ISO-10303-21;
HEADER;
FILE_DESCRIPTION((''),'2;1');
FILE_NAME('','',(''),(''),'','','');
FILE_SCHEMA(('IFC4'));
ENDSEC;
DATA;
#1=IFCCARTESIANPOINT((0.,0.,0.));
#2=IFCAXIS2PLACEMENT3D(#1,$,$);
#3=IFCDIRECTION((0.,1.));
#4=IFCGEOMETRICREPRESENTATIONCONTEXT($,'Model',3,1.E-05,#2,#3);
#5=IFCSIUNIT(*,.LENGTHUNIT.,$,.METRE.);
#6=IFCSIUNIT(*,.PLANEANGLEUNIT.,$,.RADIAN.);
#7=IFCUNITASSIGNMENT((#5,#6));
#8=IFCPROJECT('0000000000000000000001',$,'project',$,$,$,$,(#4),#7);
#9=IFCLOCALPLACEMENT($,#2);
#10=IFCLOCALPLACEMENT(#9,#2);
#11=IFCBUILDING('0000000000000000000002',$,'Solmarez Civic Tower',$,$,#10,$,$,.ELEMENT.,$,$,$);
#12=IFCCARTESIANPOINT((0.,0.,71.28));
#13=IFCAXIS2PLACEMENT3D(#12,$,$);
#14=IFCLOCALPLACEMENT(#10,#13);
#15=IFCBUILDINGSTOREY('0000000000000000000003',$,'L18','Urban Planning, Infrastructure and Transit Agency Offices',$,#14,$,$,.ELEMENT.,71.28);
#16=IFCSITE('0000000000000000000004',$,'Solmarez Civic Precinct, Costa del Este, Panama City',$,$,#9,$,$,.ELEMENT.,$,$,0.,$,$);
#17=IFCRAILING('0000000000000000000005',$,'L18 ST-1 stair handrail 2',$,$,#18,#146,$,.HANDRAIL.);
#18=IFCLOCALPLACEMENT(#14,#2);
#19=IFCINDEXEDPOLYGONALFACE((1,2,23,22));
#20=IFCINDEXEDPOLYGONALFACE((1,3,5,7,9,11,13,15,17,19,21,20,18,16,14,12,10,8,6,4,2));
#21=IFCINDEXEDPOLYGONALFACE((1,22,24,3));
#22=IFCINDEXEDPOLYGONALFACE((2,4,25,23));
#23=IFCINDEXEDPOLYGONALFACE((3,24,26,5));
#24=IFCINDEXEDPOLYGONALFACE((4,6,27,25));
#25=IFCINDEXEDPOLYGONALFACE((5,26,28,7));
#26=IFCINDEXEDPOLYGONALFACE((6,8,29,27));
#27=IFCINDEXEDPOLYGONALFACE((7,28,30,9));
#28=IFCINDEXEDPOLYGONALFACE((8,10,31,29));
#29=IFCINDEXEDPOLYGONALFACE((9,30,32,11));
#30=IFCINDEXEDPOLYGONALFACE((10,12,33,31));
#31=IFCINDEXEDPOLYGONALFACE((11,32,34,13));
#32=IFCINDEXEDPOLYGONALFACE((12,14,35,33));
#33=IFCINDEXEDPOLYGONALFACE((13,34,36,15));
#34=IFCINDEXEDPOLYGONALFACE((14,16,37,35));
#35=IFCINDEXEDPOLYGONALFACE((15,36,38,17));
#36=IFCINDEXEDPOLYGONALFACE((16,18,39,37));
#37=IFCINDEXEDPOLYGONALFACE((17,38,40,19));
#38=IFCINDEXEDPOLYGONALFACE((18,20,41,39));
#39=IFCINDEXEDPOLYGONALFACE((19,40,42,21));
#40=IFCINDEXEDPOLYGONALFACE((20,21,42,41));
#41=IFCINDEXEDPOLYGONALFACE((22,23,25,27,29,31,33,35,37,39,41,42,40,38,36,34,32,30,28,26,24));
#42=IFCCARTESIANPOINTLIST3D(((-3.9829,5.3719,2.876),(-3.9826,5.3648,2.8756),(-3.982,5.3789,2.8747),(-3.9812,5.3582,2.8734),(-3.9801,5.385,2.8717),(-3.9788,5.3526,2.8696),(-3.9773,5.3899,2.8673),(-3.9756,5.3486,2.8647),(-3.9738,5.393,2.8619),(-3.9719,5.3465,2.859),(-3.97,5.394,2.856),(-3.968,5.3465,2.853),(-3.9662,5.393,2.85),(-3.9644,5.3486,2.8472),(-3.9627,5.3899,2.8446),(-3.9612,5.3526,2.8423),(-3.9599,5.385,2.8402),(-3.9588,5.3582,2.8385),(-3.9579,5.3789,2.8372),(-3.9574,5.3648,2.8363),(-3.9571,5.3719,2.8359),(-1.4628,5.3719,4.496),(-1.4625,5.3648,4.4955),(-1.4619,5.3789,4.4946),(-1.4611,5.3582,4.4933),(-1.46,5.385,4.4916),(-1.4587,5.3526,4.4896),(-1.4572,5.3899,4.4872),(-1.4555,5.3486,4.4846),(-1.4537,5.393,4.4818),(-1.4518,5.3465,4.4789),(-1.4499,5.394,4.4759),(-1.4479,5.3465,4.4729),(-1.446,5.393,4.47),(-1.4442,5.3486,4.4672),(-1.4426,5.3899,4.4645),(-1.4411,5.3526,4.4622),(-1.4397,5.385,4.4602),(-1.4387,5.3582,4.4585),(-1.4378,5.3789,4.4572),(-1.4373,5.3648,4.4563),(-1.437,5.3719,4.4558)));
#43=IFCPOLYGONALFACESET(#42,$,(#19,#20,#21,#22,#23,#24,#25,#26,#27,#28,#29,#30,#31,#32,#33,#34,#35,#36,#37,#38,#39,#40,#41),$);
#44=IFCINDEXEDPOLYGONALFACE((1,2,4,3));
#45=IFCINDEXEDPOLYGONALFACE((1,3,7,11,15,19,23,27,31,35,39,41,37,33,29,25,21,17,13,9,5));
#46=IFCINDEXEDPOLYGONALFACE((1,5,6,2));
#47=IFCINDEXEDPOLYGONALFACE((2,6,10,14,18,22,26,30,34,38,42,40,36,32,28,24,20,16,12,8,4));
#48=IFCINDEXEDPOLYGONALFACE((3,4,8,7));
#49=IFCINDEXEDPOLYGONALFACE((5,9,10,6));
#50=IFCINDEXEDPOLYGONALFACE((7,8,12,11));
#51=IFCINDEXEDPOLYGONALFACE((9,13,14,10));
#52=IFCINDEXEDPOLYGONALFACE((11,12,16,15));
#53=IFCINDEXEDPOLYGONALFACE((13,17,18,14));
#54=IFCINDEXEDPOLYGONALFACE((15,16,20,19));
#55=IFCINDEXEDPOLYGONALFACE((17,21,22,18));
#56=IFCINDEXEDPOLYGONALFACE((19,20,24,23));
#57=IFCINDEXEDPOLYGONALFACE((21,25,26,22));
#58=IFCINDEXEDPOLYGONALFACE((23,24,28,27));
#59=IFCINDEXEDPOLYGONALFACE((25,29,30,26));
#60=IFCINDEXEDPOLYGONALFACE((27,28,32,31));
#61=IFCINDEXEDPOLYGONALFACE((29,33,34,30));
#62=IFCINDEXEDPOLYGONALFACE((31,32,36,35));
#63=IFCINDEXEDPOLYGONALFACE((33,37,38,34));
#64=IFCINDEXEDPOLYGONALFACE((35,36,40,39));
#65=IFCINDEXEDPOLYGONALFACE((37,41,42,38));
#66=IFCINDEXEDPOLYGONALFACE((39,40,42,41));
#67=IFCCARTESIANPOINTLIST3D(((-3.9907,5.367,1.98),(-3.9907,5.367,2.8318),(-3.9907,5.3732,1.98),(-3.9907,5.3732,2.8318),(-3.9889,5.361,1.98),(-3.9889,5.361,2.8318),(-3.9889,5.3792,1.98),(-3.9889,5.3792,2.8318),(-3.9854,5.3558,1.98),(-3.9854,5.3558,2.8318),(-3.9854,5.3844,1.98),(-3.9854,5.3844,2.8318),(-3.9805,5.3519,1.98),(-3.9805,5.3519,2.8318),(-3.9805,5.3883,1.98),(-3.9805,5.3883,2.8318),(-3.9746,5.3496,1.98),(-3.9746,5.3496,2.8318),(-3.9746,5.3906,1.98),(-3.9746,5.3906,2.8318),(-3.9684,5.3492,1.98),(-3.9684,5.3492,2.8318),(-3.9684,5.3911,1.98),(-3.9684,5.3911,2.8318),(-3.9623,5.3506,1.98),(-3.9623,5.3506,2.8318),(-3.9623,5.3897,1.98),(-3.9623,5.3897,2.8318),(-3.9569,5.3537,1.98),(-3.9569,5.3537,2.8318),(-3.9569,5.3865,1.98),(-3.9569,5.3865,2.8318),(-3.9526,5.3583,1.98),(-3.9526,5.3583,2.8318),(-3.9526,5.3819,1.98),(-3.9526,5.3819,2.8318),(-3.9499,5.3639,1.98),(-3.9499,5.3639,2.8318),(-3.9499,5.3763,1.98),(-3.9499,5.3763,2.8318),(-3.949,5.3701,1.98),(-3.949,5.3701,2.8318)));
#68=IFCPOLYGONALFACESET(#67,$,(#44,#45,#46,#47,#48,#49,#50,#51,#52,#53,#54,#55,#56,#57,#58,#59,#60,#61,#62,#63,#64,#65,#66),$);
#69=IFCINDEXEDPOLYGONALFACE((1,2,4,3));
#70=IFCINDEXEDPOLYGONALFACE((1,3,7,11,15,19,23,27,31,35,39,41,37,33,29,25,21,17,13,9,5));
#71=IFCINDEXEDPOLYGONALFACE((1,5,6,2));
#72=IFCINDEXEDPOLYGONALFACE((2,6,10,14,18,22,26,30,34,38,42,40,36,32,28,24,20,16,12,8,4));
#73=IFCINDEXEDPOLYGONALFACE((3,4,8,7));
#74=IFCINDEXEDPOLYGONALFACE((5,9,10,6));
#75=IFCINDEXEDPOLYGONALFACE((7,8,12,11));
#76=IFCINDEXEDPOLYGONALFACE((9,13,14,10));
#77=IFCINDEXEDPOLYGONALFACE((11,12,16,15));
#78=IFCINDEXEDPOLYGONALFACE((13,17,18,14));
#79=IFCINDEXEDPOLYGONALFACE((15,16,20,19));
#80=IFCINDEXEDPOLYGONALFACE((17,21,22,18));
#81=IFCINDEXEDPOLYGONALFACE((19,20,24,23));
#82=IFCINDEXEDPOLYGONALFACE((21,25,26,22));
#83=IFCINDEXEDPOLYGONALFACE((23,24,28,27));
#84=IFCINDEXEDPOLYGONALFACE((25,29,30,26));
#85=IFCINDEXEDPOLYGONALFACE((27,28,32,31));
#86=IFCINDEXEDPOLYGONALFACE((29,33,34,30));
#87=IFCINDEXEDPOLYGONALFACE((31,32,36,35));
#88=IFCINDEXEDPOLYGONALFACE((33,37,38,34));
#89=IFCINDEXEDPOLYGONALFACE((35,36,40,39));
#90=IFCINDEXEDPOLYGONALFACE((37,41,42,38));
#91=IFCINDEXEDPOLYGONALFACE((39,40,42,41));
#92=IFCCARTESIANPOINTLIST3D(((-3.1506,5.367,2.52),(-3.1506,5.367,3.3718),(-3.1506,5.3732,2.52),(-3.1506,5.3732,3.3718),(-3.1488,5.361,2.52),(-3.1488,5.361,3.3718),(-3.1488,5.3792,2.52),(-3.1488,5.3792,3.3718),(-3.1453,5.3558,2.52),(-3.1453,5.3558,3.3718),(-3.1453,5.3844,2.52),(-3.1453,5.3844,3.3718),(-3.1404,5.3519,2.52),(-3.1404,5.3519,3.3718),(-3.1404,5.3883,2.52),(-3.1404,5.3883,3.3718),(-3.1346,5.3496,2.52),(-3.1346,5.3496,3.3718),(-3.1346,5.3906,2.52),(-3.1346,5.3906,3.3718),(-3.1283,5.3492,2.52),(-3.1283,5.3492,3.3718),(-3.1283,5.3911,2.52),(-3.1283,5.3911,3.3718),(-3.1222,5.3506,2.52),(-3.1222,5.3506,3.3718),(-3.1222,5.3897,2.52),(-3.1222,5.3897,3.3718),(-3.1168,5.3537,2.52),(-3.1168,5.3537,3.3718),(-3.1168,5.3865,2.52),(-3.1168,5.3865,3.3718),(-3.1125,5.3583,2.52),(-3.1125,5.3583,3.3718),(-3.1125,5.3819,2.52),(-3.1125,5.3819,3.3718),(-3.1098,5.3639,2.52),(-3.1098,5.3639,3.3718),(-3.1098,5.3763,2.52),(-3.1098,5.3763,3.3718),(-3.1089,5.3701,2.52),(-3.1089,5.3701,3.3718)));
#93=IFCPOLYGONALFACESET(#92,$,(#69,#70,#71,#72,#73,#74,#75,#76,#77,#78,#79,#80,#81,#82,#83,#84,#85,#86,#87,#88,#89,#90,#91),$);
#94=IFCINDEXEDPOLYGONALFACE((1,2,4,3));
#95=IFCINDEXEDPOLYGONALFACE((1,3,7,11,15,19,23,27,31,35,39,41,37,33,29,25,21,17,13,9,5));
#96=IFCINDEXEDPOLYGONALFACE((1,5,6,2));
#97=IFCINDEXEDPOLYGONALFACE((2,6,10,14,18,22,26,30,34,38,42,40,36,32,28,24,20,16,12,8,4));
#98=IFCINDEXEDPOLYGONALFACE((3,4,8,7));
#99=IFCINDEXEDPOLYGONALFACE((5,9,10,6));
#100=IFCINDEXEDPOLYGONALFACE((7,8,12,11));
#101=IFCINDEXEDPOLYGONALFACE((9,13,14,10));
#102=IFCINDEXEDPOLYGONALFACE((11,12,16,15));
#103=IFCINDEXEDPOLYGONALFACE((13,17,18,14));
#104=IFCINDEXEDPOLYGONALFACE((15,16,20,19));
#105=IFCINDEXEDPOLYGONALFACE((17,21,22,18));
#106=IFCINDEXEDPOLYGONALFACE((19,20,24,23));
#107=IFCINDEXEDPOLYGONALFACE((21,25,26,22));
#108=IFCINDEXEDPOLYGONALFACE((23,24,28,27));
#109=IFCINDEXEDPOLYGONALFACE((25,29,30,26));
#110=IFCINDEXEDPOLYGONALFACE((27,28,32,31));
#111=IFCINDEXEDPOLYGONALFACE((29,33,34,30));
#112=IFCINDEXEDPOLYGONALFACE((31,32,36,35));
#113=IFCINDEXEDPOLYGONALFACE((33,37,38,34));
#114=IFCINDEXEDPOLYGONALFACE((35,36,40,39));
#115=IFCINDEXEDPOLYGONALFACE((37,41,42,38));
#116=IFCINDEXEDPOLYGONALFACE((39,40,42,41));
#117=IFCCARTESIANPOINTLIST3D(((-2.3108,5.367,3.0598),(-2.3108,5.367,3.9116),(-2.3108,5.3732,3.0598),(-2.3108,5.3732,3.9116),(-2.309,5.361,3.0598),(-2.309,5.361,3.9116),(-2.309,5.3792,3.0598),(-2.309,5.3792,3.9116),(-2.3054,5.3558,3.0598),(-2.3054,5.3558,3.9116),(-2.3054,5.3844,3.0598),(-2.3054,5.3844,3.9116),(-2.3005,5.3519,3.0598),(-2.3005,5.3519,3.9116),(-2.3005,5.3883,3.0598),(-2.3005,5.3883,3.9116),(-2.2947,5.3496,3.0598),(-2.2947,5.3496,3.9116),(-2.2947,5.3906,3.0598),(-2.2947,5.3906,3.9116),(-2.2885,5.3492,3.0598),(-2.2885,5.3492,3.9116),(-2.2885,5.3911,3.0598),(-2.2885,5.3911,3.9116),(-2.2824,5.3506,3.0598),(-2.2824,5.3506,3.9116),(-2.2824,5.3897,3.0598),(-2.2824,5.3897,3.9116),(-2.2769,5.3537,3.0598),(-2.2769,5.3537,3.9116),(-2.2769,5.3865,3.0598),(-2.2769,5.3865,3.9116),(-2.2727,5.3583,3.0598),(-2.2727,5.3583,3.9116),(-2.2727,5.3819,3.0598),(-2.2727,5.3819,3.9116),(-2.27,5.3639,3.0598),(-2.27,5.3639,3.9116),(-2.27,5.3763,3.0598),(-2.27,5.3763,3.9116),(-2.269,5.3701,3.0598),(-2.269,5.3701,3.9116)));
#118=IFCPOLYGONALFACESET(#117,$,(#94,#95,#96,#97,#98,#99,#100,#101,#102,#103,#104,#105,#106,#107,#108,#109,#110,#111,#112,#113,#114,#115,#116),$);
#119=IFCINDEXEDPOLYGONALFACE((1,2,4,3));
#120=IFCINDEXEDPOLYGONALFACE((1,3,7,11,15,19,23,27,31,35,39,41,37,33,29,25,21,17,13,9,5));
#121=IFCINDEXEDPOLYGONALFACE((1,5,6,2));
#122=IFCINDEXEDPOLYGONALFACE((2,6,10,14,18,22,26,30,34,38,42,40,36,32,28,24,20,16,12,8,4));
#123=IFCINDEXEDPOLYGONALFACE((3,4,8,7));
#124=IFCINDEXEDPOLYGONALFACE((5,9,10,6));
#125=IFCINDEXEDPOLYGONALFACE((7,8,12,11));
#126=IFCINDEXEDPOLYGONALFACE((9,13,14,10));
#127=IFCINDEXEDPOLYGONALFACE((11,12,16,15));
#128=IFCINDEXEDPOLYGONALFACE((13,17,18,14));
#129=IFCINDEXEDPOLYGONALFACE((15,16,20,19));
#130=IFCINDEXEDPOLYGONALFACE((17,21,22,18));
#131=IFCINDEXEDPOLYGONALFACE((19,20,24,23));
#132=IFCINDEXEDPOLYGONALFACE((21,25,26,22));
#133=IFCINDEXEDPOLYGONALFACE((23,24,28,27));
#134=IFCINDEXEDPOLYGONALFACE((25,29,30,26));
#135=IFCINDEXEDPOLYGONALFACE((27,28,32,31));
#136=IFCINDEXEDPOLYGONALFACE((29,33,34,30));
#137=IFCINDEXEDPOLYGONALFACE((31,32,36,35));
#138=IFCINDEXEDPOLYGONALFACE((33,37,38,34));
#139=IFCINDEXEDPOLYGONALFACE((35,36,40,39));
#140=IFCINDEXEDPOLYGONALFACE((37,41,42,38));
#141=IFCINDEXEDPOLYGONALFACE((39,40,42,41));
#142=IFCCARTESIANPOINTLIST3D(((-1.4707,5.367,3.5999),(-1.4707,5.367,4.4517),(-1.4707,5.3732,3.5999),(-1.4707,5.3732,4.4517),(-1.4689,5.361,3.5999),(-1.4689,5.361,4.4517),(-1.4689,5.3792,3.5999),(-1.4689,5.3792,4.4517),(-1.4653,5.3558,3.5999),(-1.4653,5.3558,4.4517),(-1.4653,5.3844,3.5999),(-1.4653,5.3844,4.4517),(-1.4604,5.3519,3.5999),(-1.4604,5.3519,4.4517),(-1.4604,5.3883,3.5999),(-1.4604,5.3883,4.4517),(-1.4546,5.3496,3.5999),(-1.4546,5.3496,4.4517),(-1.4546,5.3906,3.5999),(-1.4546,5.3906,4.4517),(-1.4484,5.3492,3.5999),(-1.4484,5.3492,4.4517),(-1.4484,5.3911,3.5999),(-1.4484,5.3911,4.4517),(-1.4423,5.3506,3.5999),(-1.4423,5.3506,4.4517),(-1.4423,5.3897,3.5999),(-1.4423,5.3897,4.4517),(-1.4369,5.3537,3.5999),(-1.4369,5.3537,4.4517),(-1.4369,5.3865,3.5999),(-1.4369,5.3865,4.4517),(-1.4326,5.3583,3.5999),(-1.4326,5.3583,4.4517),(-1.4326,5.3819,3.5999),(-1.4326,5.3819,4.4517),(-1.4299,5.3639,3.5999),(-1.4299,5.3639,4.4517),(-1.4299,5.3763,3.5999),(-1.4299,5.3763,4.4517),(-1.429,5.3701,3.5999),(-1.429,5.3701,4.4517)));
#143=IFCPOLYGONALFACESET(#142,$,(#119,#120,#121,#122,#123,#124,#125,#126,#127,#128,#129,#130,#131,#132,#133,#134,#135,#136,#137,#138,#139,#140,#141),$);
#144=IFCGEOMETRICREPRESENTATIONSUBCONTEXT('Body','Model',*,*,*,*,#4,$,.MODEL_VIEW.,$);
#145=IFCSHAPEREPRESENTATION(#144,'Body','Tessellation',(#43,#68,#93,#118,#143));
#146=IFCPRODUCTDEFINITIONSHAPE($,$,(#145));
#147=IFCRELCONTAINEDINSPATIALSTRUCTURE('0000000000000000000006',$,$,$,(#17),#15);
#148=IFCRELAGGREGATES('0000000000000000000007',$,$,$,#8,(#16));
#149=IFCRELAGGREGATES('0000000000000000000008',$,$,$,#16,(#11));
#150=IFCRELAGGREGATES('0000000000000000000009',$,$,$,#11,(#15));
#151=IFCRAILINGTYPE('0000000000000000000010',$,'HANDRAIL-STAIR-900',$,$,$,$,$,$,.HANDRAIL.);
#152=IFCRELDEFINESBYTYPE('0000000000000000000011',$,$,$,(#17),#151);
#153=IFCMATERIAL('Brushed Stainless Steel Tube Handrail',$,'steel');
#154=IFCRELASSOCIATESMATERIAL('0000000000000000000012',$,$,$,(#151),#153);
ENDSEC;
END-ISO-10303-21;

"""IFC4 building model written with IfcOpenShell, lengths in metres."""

from ifc_helpers import new_model, si_unit, direction, frame, origin, origin_2d, place, context, subcontext, project, spatial, circle, extrude, material, type_object, element, save


model = new_model("IFC4")

# Units and contexts
model_context = context("Model", 3, precision=1e-05, world=origin(), true_north=direction((0.0, 1.0)))
body_context = subcontext(model_context, "Body", "Model", "MODEL_VIEW")
ifc_project = project(units=[si_unit("LENGTHUNIT", "METRE"), si_unit("PLANEANGLEUNIT", "RADIAN")], contexts=[model_context])

# Site, building, storey
site_placement = place(None, origin())
site = spatial("IfcSite", under=ifc_project, at=site_placement, Name="Solmarez Civic Precinct, Costa del Este, Panama City", CompositionType="ELEMENT", RefElevation=0.0)
building_placement = place(site_placement, origin())
building = spatial("IfcBuilding", under=site, at=building_placement, Name="Solmarez Civic Tower", CompositionType="ELEMENT")
storey_placement = place(building_placement, frame((0.0, 0.0, 71.28)))
storey = spatial("IfcBuildingStorey", under=building, at=storey_placement, Name="L18", Description="Urban Planning, Infrastructure and Transit Agency Offices", CompositionType="ELEMENT", Elevation=71.28)

# Railing
ifc_material_1 = material(Name="Brushed Stainless Steel Tube Handrail", Category="steel")
railing_type_1 = type_object("IfcRailingType", Name="HANDRAIL-STAIR-900", PredefinedType="HANDRAIL", material=ifc_material_1)
railing_1_placement = place(storey_placement, frame((-3.97, 5.3701, 1.98)))
element("IfcRailing", 1, at=railing_1_placement, inside=storey, type_object=railing_type_1, Name="L18 ST-1 stair handrail 2", PredefinedType="HANDRAIL", context=body_context, shape_type="SweptSolid", body=[
    extrude(circle(Radius=0.0239, at=origin_2d()), frame((0.0, 0.0, 0.876), z_axis=(0.8412, 0.0, 0.540725), x_axis=(0.0, 1.0, 0.0)), (0.0, 0.0, 1.0), 2.9958),
    extrude(circle(Radius=0.021, at=origin_2d()), origin(), (0.0, 0.0, 1.0), 0.8518),
    extrude(circle(Radius=0.021, at=origin_2d()), frame((0.8401, 0.0, 0.54)), (0.0, 0.0, 1.0), 0.8518),
    extrude(circle(Radius=0.021, at=origin_2d()), frame((1.6799, 0.0, 1.0798)), (0.0, 0.0, 1.0), 0.8518),
    extrude(circle(Radius=0.021, at=origin_2d()), frame((2.52, 0.0, 1.6199)), (0.0, 0.0, 1.0), 0.8518),
])

save(model, "model.ifc")
